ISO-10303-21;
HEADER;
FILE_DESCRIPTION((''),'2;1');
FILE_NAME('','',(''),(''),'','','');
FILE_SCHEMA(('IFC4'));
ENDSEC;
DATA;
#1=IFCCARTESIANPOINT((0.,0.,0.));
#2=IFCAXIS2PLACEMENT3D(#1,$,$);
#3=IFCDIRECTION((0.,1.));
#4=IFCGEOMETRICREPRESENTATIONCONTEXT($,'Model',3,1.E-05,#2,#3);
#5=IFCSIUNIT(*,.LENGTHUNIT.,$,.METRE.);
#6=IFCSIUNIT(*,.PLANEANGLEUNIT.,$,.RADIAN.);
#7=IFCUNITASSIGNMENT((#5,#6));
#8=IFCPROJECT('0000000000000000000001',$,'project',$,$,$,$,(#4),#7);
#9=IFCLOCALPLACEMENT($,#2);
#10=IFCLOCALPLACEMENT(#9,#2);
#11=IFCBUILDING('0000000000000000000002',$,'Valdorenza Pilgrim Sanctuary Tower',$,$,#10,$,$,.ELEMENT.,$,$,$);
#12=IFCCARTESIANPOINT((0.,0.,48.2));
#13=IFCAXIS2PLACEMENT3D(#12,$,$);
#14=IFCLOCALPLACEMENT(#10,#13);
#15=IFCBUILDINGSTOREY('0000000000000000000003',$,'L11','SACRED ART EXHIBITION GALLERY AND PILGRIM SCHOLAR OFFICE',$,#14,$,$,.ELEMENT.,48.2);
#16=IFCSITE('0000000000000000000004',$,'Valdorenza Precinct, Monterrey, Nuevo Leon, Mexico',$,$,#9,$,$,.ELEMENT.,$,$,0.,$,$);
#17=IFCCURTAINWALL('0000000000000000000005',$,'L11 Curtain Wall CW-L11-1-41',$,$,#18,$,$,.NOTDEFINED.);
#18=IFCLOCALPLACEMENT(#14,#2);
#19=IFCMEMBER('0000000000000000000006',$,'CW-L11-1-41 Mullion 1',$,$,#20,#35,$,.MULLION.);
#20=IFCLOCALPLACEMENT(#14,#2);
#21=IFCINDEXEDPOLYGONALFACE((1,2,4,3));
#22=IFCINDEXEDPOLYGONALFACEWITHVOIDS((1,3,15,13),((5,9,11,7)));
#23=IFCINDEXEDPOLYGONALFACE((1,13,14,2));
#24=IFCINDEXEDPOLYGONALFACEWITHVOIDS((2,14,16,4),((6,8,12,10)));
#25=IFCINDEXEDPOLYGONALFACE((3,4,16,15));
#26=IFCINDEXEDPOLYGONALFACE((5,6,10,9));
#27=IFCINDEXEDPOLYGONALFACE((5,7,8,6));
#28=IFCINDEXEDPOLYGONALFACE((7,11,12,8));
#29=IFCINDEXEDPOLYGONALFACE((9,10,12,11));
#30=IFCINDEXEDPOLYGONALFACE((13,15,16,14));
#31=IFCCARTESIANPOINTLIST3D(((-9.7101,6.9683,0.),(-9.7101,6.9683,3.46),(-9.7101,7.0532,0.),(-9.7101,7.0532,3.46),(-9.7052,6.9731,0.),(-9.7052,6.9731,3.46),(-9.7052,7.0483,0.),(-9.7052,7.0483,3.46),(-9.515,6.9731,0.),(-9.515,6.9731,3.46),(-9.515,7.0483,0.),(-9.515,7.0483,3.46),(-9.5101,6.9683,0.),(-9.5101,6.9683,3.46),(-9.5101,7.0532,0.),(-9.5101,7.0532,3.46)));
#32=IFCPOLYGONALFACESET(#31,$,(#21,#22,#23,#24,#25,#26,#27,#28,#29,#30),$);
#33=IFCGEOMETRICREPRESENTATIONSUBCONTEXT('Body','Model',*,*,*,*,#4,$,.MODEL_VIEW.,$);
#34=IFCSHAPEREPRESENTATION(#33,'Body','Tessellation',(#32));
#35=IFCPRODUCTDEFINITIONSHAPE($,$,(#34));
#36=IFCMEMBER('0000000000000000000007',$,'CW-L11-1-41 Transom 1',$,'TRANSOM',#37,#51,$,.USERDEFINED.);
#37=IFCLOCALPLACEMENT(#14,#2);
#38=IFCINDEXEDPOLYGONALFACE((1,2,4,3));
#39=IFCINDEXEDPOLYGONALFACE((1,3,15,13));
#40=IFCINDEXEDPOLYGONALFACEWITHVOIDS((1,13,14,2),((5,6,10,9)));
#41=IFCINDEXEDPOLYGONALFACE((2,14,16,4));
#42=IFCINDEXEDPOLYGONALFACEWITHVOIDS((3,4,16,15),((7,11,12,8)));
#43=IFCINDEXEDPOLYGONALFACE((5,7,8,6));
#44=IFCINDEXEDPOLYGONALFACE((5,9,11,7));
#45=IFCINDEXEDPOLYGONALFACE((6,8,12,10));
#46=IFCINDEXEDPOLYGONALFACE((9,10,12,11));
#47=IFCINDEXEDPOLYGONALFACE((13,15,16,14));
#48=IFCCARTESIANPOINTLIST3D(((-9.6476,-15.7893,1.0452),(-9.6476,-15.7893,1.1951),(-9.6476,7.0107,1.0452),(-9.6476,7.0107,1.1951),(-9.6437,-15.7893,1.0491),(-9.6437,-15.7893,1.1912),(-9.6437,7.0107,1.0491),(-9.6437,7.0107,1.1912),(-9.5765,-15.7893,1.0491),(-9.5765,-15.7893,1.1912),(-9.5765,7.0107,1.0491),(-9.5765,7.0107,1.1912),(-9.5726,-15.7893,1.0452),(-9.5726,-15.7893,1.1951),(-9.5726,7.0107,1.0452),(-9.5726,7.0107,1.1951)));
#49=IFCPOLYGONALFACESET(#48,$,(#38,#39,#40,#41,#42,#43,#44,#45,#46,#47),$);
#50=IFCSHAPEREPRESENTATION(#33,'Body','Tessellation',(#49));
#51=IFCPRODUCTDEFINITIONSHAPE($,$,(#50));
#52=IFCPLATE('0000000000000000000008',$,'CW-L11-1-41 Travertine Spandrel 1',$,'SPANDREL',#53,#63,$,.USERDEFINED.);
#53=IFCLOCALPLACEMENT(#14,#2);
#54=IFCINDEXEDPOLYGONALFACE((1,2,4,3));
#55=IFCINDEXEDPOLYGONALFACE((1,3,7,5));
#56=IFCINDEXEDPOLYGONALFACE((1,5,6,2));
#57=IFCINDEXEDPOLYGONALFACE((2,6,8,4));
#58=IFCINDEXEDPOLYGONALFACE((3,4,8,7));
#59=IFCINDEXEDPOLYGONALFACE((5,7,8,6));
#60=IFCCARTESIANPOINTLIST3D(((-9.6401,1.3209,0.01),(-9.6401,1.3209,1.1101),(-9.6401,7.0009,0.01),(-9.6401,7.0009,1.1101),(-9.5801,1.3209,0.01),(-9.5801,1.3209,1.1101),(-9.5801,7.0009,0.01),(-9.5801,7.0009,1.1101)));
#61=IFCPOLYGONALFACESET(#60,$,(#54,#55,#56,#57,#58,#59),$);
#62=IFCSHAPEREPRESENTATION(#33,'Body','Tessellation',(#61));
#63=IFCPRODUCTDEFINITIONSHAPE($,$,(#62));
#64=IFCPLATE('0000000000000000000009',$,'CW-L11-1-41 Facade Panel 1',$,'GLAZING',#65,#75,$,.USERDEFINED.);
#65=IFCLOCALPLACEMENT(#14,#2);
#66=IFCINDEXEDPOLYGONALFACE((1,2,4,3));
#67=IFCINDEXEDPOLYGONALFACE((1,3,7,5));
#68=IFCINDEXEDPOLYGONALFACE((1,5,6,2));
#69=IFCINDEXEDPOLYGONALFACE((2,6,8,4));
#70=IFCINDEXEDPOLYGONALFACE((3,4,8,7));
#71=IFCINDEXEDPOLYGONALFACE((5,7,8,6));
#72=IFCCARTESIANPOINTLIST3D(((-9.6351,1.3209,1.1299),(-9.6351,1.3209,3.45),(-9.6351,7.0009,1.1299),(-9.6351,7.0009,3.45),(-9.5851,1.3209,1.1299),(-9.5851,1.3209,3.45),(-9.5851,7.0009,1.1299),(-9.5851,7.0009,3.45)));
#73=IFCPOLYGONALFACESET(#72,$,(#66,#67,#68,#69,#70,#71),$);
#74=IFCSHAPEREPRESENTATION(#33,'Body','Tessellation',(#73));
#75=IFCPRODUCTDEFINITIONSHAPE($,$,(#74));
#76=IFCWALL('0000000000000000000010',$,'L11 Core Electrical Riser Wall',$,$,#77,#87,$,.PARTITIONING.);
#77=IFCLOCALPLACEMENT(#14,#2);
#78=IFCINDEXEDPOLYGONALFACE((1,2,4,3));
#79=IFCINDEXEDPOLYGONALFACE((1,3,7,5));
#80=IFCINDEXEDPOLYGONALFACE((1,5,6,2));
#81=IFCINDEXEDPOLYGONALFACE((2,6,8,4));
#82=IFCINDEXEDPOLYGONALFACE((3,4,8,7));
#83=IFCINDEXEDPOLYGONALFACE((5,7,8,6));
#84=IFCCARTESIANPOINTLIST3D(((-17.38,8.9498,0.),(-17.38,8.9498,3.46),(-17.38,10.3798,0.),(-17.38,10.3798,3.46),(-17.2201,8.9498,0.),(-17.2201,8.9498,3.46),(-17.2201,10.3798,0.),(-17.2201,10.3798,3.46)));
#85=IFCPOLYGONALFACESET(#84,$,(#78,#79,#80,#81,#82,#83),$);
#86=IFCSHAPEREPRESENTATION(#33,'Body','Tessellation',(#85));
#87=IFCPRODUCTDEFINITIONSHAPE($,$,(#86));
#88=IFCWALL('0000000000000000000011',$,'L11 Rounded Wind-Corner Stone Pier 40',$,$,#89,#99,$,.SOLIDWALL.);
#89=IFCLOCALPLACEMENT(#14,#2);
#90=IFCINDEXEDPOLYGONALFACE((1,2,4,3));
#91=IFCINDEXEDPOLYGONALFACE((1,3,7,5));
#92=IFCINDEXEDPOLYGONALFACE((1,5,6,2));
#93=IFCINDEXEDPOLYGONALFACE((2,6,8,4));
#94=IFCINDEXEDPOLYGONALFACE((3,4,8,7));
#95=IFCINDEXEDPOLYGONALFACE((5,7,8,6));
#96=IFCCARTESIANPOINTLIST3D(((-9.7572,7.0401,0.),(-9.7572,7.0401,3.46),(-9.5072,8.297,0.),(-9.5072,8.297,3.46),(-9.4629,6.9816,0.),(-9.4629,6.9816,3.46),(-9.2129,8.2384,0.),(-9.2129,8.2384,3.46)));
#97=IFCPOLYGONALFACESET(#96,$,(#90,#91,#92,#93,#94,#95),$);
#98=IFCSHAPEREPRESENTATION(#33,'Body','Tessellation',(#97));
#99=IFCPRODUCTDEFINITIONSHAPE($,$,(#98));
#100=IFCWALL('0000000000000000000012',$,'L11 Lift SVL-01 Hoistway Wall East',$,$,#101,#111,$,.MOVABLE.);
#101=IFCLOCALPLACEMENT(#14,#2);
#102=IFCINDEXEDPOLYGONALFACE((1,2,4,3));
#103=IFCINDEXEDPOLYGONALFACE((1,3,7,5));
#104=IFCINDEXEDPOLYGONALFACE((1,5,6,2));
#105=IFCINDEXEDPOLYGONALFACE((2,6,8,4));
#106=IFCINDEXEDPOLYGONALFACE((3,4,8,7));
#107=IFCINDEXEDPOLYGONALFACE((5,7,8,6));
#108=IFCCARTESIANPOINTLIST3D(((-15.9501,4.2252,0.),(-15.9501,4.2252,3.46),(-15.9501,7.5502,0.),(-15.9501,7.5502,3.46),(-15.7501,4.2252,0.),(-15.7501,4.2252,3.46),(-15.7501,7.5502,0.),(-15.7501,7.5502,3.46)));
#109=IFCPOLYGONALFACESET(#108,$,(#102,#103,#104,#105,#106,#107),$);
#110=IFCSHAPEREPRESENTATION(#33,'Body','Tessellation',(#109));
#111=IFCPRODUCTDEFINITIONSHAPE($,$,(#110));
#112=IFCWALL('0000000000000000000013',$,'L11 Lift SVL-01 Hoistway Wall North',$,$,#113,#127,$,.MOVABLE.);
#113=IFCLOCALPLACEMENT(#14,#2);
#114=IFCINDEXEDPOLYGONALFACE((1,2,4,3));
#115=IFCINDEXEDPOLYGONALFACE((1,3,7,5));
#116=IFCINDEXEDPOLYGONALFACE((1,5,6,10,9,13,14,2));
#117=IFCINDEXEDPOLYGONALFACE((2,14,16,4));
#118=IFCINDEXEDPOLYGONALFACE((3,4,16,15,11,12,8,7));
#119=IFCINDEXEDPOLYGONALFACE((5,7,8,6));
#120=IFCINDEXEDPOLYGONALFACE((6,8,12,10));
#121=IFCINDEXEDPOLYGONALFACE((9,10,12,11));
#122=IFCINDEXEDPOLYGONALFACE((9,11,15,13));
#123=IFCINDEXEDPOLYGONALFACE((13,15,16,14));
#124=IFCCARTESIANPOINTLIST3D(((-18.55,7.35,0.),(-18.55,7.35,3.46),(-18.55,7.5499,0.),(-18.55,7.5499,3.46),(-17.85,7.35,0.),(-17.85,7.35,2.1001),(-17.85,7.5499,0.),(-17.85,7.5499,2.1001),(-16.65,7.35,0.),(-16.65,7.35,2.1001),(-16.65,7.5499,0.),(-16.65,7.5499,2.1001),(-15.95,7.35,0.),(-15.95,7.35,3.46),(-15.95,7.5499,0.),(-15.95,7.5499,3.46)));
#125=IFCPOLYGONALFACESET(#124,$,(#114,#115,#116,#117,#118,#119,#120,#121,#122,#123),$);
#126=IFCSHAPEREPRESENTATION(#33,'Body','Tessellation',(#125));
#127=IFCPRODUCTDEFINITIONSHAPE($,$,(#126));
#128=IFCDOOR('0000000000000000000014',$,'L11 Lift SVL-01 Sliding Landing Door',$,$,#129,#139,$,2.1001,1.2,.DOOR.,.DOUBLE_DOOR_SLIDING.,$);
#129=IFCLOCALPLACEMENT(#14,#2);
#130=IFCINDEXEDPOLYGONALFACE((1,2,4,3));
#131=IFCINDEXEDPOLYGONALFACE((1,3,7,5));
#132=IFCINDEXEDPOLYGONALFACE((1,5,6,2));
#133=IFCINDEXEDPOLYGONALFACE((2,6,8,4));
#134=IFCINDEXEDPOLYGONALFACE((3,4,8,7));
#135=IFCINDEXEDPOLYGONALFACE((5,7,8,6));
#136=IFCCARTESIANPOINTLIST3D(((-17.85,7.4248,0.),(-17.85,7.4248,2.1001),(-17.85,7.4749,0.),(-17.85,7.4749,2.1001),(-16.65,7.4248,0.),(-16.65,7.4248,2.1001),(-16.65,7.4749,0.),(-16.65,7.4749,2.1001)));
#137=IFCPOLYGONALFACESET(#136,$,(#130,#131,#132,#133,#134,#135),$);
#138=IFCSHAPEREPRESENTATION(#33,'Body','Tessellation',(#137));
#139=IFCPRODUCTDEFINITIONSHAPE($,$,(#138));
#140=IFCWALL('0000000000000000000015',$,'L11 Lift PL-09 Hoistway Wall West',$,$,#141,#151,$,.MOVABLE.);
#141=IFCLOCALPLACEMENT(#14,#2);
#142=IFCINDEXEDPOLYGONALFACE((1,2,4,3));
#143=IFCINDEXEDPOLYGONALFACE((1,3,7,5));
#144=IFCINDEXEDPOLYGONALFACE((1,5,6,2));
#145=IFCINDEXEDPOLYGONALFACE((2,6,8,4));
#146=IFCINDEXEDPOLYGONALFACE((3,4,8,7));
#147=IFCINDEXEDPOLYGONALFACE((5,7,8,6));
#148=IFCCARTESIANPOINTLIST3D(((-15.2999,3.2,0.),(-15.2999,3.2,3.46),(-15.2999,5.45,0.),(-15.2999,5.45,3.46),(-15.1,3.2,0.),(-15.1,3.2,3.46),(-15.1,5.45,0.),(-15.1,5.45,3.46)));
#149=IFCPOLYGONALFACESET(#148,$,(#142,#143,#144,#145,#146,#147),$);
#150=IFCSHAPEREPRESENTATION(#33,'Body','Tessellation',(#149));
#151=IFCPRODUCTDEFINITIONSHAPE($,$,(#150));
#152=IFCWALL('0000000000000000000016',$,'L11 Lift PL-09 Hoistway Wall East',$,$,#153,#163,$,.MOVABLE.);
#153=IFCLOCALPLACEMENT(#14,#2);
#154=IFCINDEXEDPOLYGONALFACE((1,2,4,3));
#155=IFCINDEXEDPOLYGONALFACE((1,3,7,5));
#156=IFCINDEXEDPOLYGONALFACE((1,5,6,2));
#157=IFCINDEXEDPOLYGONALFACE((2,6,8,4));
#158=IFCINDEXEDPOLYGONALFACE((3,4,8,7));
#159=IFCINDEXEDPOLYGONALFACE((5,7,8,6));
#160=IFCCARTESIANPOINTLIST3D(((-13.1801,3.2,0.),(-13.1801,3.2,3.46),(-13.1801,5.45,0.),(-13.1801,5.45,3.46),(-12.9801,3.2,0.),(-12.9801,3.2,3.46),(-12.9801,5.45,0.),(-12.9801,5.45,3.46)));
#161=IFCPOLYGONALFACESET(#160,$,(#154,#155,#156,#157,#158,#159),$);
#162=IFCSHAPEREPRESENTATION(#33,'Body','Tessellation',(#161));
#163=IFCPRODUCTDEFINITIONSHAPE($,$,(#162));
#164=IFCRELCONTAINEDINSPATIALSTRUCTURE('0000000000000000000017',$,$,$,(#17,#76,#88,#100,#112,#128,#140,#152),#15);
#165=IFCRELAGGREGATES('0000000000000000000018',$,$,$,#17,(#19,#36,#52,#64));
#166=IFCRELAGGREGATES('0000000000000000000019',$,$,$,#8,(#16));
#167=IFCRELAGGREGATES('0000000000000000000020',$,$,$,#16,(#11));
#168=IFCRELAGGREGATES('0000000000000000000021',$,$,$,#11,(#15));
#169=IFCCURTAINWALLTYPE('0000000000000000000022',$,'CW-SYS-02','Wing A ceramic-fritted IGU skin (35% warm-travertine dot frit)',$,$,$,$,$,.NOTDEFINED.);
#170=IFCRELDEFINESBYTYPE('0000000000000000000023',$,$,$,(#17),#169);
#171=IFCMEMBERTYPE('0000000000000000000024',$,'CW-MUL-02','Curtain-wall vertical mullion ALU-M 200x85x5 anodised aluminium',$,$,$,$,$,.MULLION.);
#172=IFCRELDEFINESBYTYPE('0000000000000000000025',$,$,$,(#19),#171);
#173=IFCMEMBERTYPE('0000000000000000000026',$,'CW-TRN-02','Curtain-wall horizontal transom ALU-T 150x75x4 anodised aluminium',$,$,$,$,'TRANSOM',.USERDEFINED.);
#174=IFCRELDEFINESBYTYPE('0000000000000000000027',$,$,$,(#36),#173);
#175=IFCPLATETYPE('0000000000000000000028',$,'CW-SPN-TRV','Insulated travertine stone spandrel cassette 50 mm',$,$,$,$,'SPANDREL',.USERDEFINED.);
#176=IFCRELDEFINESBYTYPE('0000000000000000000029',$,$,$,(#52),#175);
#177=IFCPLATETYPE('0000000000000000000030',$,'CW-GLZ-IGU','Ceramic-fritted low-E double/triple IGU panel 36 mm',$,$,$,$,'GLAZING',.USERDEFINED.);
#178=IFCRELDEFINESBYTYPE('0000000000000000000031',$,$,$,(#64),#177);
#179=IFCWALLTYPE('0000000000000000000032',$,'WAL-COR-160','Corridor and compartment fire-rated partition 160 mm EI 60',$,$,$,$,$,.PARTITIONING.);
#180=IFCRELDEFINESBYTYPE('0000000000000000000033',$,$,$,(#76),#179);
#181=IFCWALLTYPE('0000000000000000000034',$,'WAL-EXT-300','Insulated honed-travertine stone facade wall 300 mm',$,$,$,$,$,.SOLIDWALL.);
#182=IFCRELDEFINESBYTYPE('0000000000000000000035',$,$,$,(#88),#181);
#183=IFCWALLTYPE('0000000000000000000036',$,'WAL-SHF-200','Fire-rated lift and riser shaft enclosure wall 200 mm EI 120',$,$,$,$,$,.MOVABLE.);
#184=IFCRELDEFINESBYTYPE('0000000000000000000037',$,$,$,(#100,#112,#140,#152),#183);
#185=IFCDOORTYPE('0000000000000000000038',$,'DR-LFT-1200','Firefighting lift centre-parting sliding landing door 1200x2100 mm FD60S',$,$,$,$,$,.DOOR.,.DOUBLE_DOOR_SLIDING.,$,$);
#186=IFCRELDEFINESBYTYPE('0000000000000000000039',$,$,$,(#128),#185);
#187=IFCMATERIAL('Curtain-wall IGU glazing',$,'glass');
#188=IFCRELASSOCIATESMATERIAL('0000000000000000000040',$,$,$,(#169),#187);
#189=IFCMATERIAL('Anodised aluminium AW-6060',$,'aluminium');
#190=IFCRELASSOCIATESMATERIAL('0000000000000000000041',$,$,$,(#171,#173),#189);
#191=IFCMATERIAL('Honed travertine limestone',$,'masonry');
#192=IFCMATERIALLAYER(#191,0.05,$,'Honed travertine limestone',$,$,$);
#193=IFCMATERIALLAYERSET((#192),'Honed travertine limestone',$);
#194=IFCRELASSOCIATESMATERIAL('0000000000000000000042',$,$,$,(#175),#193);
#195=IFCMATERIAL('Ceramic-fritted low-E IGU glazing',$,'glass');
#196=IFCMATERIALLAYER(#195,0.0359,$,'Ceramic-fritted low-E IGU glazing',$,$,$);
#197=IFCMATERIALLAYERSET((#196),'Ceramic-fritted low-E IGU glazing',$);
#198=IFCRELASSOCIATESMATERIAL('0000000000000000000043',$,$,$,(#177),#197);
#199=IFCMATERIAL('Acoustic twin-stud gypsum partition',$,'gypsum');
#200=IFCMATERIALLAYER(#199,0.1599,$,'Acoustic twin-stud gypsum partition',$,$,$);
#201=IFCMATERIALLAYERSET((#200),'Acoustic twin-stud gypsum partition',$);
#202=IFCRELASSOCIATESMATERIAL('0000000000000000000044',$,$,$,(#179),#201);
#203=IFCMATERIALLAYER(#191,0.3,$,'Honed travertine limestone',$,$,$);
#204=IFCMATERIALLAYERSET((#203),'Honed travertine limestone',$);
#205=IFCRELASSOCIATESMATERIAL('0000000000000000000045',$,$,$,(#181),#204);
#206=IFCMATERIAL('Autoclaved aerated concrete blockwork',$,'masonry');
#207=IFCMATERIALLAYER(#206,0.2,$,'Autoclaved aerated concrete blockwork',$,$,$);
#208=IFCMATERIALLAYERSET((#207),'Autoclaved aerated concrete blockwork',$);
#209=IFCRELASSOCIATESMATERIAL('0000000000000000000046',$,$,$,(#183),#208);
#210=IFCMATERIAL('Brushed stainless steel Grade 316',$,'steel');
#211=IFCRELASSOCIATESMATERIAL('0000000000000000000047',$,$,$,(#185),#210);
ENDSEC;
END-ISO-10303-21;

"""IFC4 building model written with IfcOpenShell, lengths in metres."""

from ifc_helpers import new_model, si_unit, direction, frame, frame_2d, origin, origin_2d, place, context, subcontext, project, spatial, rectangle, hollow_rectangle, extrude, source, transform, mapped, material, layer, layer_set, material_profile, profile_set, type_object, element, fill, aggregate, save


model = new_model("IFC4")

# Units and contexts
model_context = context("Model", 3, precision=1e-05, world=origin(), true_north=direction((0.0, 1.0)))
body_context = subcontext(model_context, "Body", "Model", "MODEL_VIEW")
ifc_project = project(units=[si_unit("LENGTHUNIT", "METRE"), si_unit("PLANEANGLEUNIT", "RADIAN")], contexts=[model_context])

# Site, building, storey
site_placement = place(None, origin())
site = spatial("IfcSite", under=ifc_project, at=site_placement, Name="Valdorenza Precinct, Monterrey, Nuevo Leon, Mexico", CompositionType="ELEMENT", RefElevation=0.0)
building_placement = place(site_placement, origin())
building = spatial("IfcBuilding", under=site, at=building_placement, Name="Valdorenza Pilgrim Sanctuary Tower", CompositionType="ELEMENT")
storey_placement = place(building_placement, frame((0.0, 0.0, 48.2)))
storey = spatial("IfcBuildingStorey", under=building, at=storey_placement, Name="L11", Description="SACRED ART EXHIBITION GALLERY AND PILGRIM SCHOLAR OFFICE", CompositionType="ELEMENT", Elevation=48.2)

# Curtain wall, members, plates
ifc_material_1 = material(Name="Curtain-wall IGU glazing", Category="glass")
curtain_wall_type = type_object("IfcCurtainWallType", Name="CW-SYS-02", Description="Wing A ceramic-fritted IGU skin (35% warm-travertine dot frit)", PredefinedType="NOTDEFINED", material=ifc_material_1)
curtain_wall_placement = place(storey_placement, origin())
curtain_wall = element("IfcCurtainWall", 1, at=curtain_wall_placement, inside=storey, type_object=curtain_wall_type, Name="L11 Curtain Wall CW-L11-1-41", PredefinedType="NOTDEFINED")
ifc_material_2 = material(Name="Anodised aluminium AW-6060", Category="aluminium")
ifc_material_profile_1 = material_profile(ifc_material_2, hollow_rectangle(XDim=0.085, YDim=0.2, WallThickness=0.0049, at=origin_2d()), Name="ALU-M 200x85x5")
ifc_profile_set_1 = profile_set([ifc_material_profile_1], Name="Anodised aluminium AW-6060")
member_type_1 = type_object("IfcMemberType", Name="CW-MUL-02", Description="Curtain-wall vertical mullion ALU-M 200x85x5 anodised aluminium", PredefinedType="MULLION", material=ifc_profile_set_1)
shared_shape_1 = source(origin(), body_context, "Body", "SweptSolid", [
    extrude(hollow_rectangle(XDim=0.085, YDim=0.2, WallThickness=0.0049, at=origin_2d()), origin(), (0.0, 0.0, 1.0), 3.46),
])
member_1_placement = place(storey_placement, frame((-9.6101, 7.0107, 0.0), z_axis=(0.0, 0.0, 1.0), x_axis=(0.0, -1.0, 0.0)))
member_1 = element("IfcMember", 2, at=member_1_placement, type_object=member_type_1, Name="CW-L11-1-41 Mullion 1", PredefinedType="MULLION", context=body_context, shape_type="MappedRepresentation", body=[
    mapped(shared_shape_1, transform((0.0, 0.0, 0.0), x_axis=(1.0, 0.0, 0.0), y_axis=(0.0, 1.0, 0.0), z_axis=(0.0, 0.0, 1.0), scale=1.0)),
])
ifc_material_profile_2 = material_profile(ifc_material_2, hollow_rectangle(XDim=0.075, YDim=0.1499, WallThickness=0.0039, at=origin_2d()), Name="ALU-T 150x75x4")
ifc_profile_set_2 = profile_set([ifc_material_profile_2], Name="Anodised aluminium AW-6060")
member_type_2 = type_object("IfcMemberType", Name="CW-TRN-02", Description="Curtain-wall horizontal transom ALU-T 150x75x4 anodised aluminium", ElementType="TRANSOM", PredefinedType="USERDEFINED", material=ifc_profile_set_2)
shared_shape_2 = source(origin(), body_context, "Body", "SweptSolid", [
    extrude(hollow_rectangle(XDim=0.075, YDim=0.1499, WallThickness=0.0039, at=origin_2d()), origin(), (0.0, 0.0, 1.0), 22.8),
])
member_2_placement = place(storey_placement, frame((-9.6101, 7.0107, 1.1201), z_axis=(0.0, -1.0, 0.0), x_axis=(1.0, 0.0, 0.0)))
member_2 = element("IfcMember", 3, at=member_2_placement, type_object=member_type_2, Name="CW-L11-1-41 Transom 1", ObjectType="TRANSOM", PredefinedType="USERDEFINED", context=body_context, shape_type="MappedRepresentation", body=[
    mapped(shared_shape_2, transform((0.0, 0.0, 0.0), x_axis=(1.0, 0.0, 0.0), y_axis=(0.0, 1.0, 0.0), z_axis=(0.0, 0.0, 1.0), scale=1.0)),
])
ifc_material_3 = material(Name="Honed travertine limestone", Category="masonry")
ifc_layer_1 = layer(ifc_material_3, 0.05, Name="Honed travertine limestone")
ifc_layer_set_1 = layer_set([ifc_layer_1], Name="Honed travertine limestone")
plate_type_1 = type_object("IfcPlateType", Name="CW-SPN-TRV", Description="Insulated travertine stone spandrel cassette 50 mm", ElementType="SPANDREL", PredefinedType="USERDEFINED", material=ifc_layer_set_1)
shared_shape_3 = source(origin(), body_context, "Body", "SweptSolid", [
    extrude(rectangle(XDim=5.6799, YDim=0.0601, at=origin_2d()), origin(), (0.0, 0.0, 1.0), 1.1001),
])
plate_1_placement = place(storey_placement, frame((-9.6101, 4.1609, 0.01), z_axis=(0.0, 0.0, 1.0), x_axis=(0.0, -1.0, 0.0)))
plate_1 = element("IfcPlate", 4, at=plate_1_placement, type_object=plate_type_1, Name="CW-L11-1-41 Travertine Spandrel 1", ObjectType="SPANDREL", PredefinedType="USERDEFINED", context=body_context, shape_type="MappedRepresentation", body=[
    mapped(shared_shape_3, transform((0.0, 0.0, 0.0), x_axis=(1.0, 0.0, 0.0), y_axis=(0.0, 1.0, 0.0), z_axis=(0.0, 0.0, 1.0), scale=1.0)),
])
ifc_material_4 = material(Name="Ceramic-fritted low-E IGU glazing", Category="glass")
ifc_layer_2 = layer(ifc_material_4, 0.0359, Name="Ceramic-fritted low-E IGU glazing")
ifc_layer_set_2 = layer_set([ifc_layer_2], Name="Ceramic-fritted low-E IGU glazing")
plate_type_2 = type_object("IfcPlateType", Name="CW-GLZ-IGU", Description="Ceramic-fritted low-E double/triple IGU panel 36 mm", ElementType="GLAZING", PredefinedType="USERDEFINED", material=ifc_layer_set_2)
shared_shape_4 = source(origin(), body_context, "Body", "SweptSolid", [
    extrude(rectangle(XDim=5.6799, YDim=0.05, at=origin_2d()), origin(), (0.0, 0.0, 1.0), 2.3201),
])
plate_2_placement = place(storey_placement, frame((-9.6101, 4.1609, 1.1299), z_axis=(0.0, 0.0, 1.0), x_axis=(0.0, -1.0, 0.0)))
plate_2 = element("IfcPlate", 5, at=plate_2_placement, type_object=plate_type_2, Name="CW-L11-1-41 Facade Panel 1", ObjectType="GLAZING", PredefinedType="USERDEFINED", context=body_context, shape_type="MappedRepresentation", body=[
    mapped(shared_shape_4, transform((0.0, 0.0, 0.0), x_axis=(1.0, 0.0, 0.0), y_axis=(0.0, 1.0, 0.0), z_axis=(0.0, 0.0, 1.0), scale=1.0)),
])
aggregate(curtain_wall, [member_1, member_2, plate_1, plate_2])

# Walls
ifc_material_5 = material(Name="Acoustic twin-stud gypsum partition", Category="gypsum")
ifc_layer_3 = layer(ifc_material_5, 0.1599, Name="Acoustic twin-stud gypsum partition")
ifc_layer_set_3 = layer_set([ifc_layer_3], Name="Acoustic twin-stud gypsum partition")
wall_type_1 = type_object("IfcWallType", Name="WAL-COR-160", Description="Corridor and compartment fire-rated partition 160 mm EI 60", PredefinedType="PARTITIONING", material=ifc_layer_set_3)
wall_1_placement = place(storey_placement, frame((-17.3, 8.95, 0.0), z_axis=(0.0, 0.0, 1.0), x_axis=(0.0, 1.0, 0.0)))
element("IfcWall", 6, at=wall_1_placement, inside=storey, type_object=wall_type_1, Name="L11 Core Electrical Riser Wall", PredefinedType="PARTITIONING", context=body_context, shape_type="SweptSolid", body=[
    extrude(rectangle(XDim=1.4299, YDim=0.1599, at=frame_2d((0.7148, 0.0))), origin(), (0.0, 0.0, 1.0), 3.46),
])
ifc_layer_4 = layer(ifc_material_3, 0.3, Name="Honed travertine limestone")
ifc_layer_set_4 = layer_set([ifc_layer_4], Name="Honed travertine limestone")
wall_type_2 = type_object("IfcWallType", Name="WAL-EXT-300", Description="Insulated honed-travertine stone facade wall 300 mm", PredefinedType="SOLIDWALL", material=ifc_layer_set_4)
wall_2_placement = place(storey_placement, frame((-9.3601, 8.2676, 0.0), z_axis=(0.0, 0.0, 1.0), x_axis=(-0.19509, -0.980785, 0.0)))
element("IfcWall", 7, at=wall_2_placement, inside=storey, type_object=wall_type_2, Name="L11 Rounded Wind-Corner Stone Pier 40", PredefinedType="SOLIDWALL", context=body_context, shape_type="SweptSolid", body=[
    extrude(rectangle(XDim=1.2815, YDim=0.3, at=frame_2d((0.6406, 0.0))), origin(), (0.0, 0.0, 1.0), 3.46),
])
ifc_material_6 = material(Name="Autoclaved aerated concrete blockwork", Category="masonry")
ifc_layer_5 = layer(ifc_material_6, 0.2, Name="Autoclaved aerated concrete blockwork")
ifc_layer_set_5 = layer_set([ifc_layer_5], Name="Autoclaved aerated concrete blockwork")
wall_type_3 = type_object("IfcWallType", Name="WAL-SHF-200", Description="Fire-rated lift and riser shaft enclosure wall 200 mm EI 120", PredefinedType="MOVABLE", material=ifc_layer_set_5)
wall_3_placement = place(storey_placement, frame((-15.8501, 4.2251, 0.0), z_axis=(0.0, 0.0, 1.0), x_axis=(0.0, 1.0, 0.0)))
element("IfcWall", 8, at=wall_3_placement, inside=storey, type_object=wall_type_3, Name="L11 Lift SVL-01 Hoistway Wall East", PredefinedType="MOVABLE", context=body_context, shape_type="SweptSolid", body=[
    extrude(rectangle(XDim=3.325, YDim=0.2, at=frame_2d((1.6626, 0.0))), origin(), (0.0, 0.0, 1.0), 3.46),
])

# Wall, opening, door
wall_4_placement = place(storey_placement, frame((-18.55, 7.45, 0.0), z_axis=(0.0, 0.0, 1.0), x_axis=(1.0, 0.0, 0.0)))
wall_4 = element("IfcWall", 9, at=wall_4_placement, inside=storey, type_object=wall_type_3, Name="L11 Lift SVL-01 Hoistway Wall North", PredefinedType="MOVABLE", context=body_context, shape_type="SweptSolid", body=[
    extrude(rectangle(XDim=2.6001, YDim=0.2, at=frame_2d((1.3, 0.0))), origin(), (0.0, 0.0, 1.0), 3.46),
])
opening_placement = place(wall_4_placement, frame((0.7, 0.0, 0.0)))
opening = element("IfcOpeningElement", 10, at=opening_placement, cuts=wall_4, PredefinedType="OPENING", context=body_context, shape_type="SweptSolid", body=[
    extrude(rectangle(XDim=1.2, YDim=2.1001, at=frame_2d((0.6001, 1.05))), frame((0.0, 0.1147, 0.0), z_axis=(0.0, -1.0, 0.0), x_axis=(1.0, 0.0, 0.0)), (0.0, 0.0, 1.0), 0.2297),
])
ifc_material_7 = material(Name="Brushed stainless steel Grade 316", Category="steel")
door_type = type_object("IfcDoorType", Name="DR-LFT-1200", Description="Firefighting lift centre-parting sliding landing door 1200x2100 mm FD60S", OperationType="DOUBLE_DOOR_SLIDING", PredefinedType="DOOR", material=ifc_material_7)
door_placement = place(opening_placement, origin())
door = element("IfcDoor", 11, at=door_placement, inside=storey, type_object=door_type, Name="L11 Lift SVL-01 Sliding Landing Door", OperationType="DOUBLE_DOOR_SLIDING", OverallHeight=2.1001, OverallWidth=1.2, PredefinedType="DOOR", context=body_context, shape_type="SweptSolid", body=[
    extrude(rectangle(XDim=1.2, YDim=2.1001, at=frame_2d((0.6001, 1.05))), frame((0.0, 0.0249, 0.0), z_axis=(0.0, -1.0, 0.0), x_axis=(1.0, 0.0, 0.0)), (0.0, 0.0, 1.0), 0.05),
])
fill(opening, door)

# Walls
for number, where, z_axis, x_axis, name in (
    (12, (-15.2, 3.2, 0.0), (0.0, 0.0, 1.0), (0.0, 1.0, 0.0), "L11 Lift PL-09 Hoistway Wall West"),
    (13, (-13.0801, 3.2, 0.0), (0.0, 0.0, 1.0), (0.0, 1.0, 0.0), "L11 Lift PL-09 Hoistway Wall East"),
):
    element("IfcWall", number, at=place(storey_placement, frame(where, z_axis=z_axis, x_axis=x_axis)), inside=storey, type_object=wall_type_3, Name=name, PredefinedType="MOVABLE", context=body_context, shape_type="SweptSolid", body=[
        extrude(rectangle(XDim=2.25, YDim=0.2, at=frame_2d((1.125, 0.0))), origin(), (0.0, 0.0, 1.0), 3.46),
    ])

save(model, "model.ifc")
